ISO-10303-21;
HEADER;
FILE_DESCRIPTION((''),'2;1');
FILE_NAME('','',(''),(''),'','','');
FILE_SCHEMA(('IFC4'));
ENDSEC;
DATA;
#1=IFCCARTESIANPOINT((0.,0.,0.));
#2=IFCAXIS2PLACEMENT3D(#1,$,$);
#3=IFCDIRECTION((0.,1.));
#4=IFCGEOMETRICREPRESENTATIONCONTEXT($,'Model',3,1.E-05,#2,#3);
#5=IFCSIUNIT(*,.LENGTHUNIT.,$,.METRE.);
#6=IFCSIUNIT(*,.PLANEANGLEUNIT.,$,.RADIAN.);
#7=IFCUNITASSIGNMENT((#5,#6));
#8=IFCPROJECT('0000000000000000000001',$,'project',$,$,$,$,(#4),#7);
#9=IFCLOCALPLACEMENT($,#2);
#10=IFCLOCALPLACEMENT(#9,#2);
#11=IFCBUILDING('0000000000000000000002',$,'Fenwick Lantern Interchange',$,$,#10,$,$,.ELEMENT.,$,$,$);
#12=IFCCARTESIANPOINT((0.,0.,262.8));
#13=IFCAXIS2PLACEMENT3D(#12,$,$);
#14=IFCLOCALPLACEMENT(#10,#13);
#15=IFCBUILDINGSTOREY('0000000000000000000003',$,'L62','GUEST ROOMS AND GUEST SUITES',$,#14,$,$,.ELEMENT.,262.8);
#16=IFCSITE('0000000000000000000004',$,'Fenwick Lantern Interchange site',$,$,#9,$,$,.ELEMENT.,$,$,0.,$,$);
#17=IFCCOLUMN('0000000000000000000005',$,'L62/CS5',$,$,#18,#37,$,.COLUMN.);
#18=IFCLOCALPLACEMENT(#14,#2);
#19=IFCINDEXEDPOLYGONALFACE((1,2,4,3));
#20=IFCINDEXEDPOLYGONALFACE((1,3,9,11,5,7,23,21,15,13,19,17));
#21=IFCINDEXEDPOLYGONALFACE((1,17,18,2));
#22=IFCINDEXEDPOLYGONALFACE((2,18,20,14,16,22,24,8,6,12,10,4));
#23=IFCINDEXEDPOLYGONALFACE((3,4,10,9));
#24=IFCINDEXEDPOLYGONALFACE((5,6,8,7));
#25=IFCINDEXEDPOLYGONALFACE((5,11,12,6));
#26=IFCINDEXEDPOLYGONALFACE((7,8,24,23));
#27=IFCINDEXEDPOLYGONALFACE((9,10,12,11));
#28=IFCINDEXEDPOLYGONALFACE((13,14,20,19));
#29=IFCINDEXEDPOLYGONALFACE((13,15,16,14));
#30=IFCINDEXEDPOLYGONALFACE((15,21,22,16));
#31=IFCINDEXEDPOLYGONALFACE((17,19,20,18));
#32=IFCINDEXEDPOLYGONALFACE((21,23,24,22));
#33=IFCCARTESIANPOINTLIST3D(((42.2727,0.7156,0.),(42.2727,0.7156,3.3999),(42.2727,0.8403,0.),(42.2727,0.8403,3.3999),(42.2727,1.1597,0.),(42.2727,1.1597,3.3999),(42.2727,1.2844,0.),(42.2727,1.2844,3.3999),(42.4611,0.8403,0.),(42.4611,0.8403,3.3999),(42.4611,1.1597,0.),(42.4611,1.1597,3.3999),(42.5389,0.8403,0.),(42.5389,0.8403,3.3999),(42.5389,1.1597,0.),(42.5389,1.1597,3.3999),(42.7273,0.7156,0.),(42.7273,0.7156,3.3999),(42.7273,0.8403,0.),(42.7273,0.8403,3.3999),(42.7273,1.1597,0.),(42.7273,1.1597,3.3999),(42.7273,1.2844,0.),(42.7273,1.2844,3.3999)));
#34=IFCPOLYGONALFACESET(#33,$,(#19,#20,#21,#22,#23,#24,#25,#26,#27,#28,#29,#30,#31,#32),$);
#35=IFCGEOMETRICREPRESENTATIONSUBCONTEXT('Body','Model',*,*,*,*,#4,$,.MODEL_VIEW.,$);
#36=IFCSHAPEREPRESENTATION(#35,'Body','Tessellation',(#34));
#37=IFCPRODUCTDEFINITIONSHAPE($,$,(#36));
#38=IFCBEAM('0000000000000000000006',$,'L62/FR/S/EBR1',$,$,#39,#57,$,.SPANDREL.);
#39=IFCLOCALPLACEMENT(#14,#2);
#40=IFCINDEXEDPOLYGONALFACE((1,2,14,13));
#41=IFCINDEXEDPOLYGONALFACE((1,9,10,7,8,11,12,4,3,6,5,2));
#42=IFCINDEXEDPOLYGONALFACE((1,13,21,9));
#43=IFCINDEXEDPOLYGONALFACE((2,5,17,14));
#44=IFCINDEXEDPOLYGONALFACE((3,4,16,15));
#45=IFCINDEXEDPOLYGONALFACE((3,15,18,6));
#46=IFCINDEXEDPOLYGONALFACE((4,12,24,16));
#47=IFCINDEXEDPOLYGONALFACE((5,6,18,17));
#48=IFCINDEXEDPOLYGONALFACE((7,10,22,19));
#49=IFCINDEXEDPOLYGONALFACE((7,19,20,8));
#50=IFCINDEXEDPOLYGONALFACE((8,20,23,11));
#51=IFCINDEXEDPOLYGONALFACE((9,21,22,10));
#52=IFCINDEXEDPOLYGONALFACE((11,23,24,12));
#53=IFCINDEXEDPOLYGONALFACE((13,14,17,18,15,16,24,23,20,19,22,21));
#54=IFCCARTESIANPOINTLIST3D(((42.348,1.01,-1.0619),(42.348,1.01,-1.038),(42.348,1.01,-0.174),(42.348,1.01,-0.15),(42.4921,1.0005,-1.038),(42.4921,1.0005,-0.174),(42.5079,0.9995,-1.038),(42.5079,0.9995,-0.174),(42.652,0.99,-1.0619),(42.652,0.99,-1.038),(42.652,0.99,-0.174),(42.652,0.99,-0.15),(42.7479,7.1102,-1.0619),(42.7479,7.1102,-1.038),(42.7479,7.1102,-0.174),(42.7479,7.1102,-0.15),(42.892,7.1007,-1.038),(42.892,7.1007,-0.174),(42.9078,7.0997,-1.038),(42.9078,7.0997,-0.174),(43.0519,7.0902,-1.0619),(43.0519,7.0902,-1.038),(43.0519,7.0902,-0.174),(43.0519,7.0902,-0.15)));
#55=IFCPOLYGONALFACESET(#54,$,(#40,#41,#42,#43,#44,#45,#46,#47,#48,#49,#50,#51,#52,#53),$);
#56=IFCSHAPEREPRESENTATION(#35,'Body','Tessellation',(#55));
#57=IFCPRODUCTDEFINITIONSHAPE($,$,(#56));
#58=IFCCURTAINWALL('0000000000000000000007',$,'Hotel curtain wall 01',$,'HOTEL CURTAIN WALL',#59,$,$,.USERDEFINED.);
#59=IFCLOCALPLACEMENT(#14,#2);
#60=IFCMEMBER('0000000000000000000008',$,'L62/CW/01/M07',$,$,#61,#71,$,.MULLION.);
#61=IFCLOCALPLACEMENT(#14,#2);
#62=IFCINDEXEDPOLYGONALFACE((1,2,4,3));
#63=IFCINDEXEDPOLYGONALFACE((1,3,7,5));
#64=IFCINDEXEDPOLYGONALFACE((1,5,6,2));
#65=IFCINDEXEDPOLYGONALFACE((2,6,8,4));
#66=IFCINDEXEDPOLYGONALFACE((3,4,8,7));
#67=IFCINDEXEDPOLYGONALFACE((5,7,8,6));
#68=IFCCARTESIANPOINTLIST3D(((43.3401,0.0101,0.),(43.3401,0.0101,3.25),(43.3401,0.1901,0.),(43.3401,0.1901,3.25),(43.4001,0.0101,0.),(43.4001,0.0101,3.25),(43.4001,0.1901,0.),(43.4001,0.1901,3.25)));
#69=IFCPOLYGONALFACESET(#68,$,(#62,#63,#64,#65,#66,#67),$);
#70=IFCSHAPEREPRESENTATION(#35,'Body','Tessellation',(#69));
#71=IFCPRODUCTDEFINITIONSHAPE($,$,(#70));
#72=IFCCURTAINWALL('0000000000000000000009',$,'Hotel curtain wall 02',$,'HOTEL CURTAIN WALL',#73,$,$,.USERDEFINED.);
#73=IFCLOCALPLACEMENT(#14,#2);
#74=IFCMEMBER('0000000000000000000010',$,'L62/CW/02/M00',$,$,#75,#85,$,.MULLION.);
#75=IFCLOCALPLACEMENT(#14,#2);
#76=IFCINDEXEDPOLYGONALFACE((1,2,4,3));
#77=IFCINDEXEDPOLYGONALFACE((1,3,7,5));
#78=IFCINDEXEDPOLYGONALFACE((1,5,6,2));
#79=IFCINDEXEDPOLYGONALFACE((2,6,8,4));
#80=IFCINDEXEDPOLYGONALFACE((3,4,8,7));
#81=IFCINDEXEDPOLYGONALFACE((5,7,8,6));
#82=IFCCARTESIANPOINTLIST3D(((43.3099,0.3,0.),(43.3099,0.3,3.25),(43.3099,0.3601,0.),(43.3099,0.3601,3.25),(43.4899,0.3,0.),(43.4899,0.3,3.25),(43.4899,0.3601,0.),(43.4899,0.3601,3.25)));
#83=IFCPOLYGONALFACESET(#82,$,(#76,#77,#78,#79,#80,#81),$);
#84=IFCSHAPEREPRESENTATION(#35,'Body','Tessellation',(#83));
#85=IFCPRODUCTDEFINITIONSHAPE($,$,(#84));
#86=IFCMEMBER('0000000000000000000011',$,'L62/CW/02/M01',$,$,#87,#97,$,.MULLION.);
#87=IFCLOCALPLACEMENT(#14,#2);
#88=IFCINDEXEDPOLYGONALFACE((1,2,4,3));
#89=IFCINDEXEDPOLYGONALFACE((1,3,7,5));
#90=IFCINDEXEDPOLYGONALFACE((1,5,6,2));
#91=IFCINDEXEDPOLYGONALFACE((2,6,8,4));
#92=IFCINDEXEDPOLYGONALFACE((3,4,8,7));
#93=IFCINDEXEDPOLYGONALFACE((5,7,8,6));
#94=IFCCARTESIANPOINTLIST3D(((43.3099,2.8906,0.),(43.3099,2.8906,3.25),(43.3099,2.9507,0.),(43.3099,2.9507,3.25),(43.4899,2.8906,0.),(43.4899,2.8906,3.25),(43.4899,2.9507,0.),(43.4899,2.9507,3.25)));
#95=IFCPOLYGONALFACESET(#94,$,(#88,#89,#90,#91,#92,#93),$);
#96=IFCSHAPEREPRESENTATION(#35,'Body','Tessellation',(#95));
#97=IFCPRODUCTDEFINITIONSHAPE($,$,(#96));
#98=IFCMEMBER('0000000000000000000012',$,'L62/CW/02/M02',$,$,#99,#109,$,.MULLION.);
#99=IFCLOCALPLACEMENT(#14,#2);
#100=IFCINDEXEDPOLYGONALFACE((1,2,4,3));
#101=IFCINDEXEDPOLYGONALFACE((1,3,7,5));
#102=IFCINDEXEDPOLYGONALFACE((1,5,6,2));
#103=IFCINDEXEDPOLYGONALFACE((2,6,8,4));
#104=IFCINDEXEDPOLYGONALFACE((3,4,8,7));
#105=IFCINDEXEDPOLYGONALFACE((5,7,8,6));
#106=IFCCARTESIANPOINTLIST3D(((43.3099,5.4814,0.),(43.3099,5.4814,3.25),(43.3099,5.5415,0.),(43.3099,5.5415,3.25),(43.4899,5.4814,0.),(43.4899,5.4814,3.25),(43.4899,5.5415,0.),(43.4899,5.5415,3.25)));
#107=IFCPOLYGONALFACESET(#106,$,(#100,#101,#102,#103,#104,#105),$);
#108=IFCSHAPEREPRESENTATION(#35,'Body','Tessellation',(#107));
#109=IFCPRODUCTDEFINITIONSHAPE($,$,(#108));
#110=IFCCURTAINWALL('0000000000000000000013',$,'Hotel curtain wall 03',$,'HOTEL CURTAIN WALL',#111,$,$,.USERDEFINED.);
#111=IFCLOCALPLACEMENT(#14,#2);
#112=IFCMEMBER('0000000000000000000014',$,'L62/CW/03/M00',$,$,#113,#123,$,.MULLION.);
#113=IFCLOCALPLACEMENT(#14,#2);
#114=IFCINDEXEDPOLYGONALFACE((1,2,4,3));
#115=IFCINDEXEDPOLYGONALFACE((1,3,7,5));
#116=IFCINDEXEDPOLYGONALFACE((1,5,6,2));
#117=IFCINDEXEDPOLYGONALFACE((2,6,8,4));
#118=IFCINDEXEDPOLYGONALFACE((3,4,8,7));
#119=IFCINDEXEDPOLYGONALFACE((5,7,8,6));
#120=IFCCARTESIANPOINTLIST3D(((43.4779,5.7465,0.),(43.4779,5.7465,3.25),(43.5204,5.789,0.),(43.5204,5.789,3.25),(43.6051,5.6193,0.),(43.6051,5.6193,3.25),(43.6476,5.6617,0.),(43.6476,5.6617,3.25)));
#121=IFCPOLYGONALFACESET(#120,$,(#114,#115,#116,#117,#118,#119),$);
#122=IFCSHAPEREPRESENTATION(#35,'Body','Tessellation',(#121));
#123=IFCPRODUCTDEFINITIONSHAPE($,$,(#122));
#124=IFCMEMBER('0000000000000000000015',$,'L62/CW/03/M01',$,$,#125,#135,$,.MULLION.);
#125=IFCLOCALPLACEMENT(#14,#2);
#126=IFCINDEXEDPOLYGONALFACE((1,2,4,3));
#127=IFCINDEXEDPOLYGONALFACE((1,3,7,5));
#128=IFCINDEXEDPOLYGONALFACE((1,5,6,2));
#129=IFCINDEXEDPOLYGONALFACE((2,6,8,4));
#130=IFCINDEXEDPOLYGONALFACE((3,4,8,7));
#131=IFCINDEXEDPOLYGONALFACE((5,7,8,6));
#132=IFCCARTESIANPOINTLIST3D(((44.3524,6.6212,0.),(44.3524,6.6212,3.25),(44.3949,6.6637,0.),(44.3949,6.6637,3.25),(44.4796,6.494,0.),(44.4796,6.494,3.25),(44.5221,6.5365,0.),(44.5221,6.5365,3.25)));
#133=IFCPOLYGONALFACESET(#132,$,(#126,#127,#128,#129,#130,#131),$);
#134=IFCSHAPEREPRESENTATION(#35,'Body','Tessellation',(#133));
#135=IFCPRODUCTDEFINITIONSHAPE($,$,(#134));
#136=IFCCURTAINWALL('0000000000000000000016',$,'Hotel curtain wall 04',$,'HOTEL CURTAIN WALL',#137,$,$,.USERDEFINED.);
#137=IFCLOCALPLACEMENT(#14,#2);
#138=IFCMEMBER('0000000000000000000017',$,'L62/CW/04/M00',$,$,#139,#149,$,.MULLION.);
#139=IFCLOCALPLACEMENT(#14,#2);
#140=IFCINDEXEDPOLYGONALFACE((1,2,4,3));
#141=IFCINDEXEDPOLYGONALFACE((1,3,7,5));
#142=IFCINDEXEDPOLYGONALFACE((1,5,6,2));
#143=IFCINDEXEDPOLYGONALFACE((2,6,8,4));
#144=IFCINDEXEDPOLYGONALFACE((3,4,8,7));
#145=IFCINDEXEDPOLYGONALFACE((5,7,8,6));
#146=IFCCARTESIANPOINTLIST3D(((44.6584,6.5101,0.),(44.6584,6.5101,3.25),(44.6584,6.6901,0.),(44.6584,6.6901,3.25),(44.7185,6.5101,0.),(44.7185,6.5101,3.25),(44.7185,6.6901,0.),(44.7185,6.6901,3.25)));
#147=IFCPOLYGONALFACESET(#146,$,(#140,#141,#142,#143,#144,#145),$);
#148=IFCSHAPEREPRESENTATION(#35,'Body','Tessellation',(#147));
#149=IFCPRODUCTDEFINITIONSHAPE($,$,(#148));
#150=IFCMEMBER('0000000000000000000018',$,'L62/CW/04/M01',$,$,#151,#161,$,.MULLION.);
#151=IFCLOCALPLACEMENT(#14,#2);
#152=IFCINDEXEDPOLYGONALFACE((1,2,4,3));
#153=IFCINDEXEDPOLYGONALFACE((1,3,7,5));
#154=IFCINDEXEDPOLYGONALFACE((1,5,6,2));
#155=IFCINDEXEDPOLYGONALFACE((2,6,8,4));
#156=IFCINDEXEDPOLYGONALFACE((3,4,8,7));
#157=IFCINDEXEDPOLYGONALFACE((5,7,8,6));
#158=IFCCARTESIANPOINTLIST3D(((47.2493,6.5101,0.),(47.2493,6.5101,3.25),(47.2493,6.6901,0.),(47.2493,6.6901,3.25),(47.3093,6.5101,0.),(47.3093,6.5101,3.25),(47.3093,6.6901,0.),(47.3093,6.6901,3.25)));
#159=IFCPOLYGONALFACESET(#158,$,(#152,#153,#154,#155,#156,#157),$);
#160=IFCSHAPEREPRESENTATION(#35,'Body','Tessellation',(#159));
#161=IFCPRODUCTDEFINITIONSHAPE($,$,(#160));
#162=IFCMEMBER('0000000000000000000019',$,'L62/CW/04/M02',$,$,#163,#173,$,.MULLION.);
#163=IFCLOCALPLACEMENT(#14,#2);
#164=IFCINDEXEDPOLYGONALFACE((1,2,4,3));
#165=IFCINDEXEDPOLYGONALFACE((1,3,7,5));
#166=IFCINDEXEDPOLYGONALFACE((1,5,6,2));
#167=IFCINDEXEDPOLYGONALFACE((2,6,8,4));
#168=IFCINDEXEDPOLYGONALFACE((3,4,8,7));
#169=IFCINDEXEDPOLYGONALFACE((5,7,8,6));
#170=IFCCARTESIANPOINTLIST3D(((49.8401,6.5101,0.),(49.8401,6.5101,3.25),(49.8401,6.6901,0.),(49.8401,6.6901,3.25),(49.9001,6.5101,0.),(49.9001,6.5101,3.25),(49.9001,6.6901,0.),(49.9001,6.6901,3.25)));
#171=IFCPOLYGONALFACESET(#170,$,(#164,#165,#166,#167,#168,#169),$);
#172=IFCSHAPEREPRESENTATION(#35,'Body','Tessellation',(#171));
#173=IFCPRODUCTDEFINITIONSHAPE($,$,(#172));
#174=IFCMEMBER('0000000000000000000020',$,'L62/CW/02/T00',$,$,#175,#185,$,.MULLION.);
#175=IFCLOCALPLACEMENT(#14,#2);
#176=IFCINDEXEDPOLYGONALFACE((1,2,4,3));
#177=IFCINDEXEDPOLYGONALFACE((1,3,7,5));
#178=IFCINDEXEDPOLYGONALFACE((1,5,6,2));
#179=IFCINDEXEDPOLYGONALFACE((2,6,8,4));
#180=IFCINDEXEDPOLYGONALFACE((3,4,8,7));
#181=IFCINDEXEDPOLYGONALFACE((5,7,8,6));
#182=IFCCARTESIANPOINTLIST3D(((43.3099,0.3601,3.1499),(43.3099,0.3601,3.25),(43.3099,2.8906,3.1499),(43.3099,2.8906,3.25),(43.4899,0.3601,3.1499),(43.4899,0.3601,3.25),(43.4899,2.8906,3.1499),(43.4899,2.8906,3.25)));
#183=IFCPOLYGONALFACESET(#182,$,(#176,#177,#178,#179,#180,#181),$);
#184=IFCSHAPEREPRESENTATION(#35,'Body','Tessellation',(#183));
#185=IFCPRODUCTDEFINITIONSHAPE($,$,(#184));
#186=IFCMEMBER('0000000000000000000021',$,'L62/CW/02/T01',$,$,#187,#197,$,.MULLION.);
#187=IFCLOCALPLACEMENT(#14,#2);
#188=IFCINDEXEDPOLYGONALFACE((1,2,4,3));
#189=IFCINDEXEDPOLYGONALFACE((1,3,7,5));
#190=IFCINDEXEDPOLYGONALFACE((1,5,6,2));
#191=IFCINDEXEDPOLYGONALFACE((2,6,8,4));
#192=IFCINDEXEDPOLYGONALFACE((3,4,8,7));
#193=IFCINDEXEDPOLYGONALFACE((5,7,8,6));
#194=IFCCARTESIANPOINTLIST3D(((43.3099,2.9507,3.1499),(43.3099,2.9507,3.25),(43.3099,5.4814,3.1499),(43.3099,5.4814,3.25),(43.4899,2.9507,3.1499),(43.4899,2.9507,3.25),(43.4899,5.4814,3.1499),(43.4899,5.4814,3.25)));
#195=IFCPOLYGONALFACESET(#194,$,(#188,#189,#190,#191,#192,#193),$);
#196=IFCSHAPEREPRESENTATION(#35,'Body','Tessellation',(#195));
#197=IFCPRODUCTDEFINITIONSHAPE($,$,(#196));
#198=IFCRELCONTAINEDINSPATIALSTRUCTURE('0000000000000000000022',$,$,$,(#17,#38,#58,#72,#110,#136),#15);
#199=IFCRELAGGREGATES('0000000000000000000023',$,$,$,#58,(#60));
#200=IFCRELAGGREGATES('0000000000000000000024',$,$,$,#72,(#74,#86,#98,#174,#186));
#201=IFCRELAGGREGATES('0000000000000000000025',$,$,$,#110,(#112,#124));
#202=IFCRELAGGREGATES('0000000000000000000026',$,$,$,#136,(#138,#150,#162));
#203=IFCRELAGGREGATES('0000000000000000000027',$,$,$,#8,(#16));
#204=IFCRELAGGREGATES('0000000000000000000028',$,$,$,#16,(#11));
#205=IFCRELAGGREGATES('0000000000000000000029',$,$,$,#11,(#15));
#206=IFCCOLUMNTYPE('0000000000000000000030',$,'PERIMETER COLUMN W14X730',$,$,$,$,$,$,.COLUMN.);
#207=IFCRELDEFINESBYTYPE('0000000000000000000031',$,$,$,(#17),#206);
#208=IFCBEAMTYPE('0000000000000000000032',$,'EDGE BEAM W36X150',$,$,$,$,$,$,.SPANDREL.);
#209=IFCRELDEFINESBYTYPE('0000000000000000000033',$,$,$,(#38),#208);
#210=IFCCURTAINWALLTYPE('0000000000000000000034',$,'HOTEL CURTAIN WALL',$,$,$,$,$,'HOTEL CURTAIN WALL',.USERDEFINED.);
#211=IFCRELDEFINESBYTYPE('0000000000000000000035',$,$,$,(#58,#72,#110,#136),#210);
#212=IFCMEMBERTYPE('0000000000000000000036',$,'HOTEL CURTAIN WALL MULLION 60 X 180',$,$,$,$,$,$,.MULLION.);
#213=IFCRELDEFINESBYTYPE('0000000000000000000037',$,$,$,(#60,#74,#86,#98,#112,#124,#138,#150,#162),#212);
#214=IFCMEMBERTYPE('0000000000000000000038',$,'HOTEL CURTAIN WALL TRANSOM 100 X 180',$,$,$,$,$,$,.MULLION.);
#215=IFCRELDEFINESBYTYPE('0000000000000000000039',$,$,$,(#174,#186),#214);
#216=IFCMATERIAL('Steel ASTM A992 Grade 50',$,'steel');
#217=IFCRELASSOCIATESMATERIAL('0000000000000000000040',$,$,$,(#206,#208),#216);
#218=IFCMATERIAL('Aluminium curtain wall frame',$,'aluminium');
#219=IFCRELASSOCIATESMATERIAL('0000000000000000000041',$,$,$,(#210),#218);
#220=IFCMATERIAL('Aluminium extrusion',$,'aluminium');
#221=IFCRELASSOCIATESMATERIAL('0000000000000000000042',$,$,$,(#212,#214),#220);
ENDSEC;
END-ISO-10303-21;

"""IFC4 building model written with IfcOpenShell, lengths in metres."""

from ifc_helpers import new_model, si_unit, direction, frame, origin, origin_2d, place, context, subcontext, project, spatial, rectangle, i_section, extrude, material, material_profile, profile_set, type_object, element, aggregate, save


model = new_model("IFC4")

# Units and contexts
model_context = context("Model", 3, precision=1e-05, world=origin(), true_north=direction((0.0, 1.0)))
body_context = subcontext(model_context, "Body", "Model", "MODEL_VIEW")
ifc_project = project(units=[si_unit("LENGTHUNIT", "METRE"), si_unit("PLANEANGLEUNIT", "RADIAN")], contexts=[model_context])

# Site, building, storey
site_placement = place(None, origin())
site = spatial("IfcSite", under=ifc_project, at=site_placement, Name="Fenwick Lantern Interchange site", CompositionType="ELEMENT", RefElevation=0.0)
building_placement = place(site_placement, origin())
building = spatial("IfcBuilding", under=site, at=building_placement, Name="Fenwick Lantern Interchange", CompositionType="ELEMENT")
storey_placement = place(building_placement, frame((0.0, 0.0, 262.8)))
storey = spatial("IfcBuildingStorey", under=building, at=storey_placement, Name="L62", Description="GUEST ROOMS AND GUEST SUITES", CompositionType="ELEMENT", Elevation=262.8)

# Column
ifc_material_1 = material(Name="Steel ASTM A992 Grade 50", Category="steel")
ifc_material_profile_1 = material_profile(ifc_material_1, i_section(OverallWidth=0.4546, OverallDepth=0.5688, WebThickness=0.0779, FlangeThickness=0.1248, at=origin_2d()), Name="W14X730")
ifc_profile_set_1 = profile_set([ifc_material_profile_1], Name="Steel ASTM A992 Grade 50")
column_type = type_object("IfcColumnType", Name="PERIMETER COLUMN W14X730", PredefinedType="COLUMN", material=ifc_profile_set_1)
column_placement = place(storey_placement, frame((42.5, 1.0, 0.0), z_axis=(0.0, 0.0, 1.0), x_axis=(1.0, 0.0, 0.0)))
element("IfcColumn", 1, at=column_placement, inside=storey, type_object=column_type, Name="L62/CS5", PredefinedType="COLUMN", context=body_context, shape_type="SweptSolid", body=[
    extrude(i_section(OverallWidth=0.4546, OverallDepth=0.5688, WebThickness=0.0779, FlangeThickness=0.1248, at=origin_2d()), origin(), (0.0, 0.0, 1.0), 3.3999),
])

# Beam
ifc_material_profile_2 = material_profile(ifc_material_1, i_section(OverallWidth=0.3047, OverallDepth=0.9119, WebThickness=0.0159, FlangeThickness=0.0239, at=origin_2d()), Name="W36X150")
ifc_profile_set_2 = profile_set([ifc_material_profile_2], Name="Steel ASTM A992 Grade 50")
beam_type = type_object("IfcBeamType", Name="EDGE BEAM W36X150", PredefinedType="SPANDREL", material=ifc_profile_set_2)
beam_placement = place(storey_placement, frame((42.5, 1.0, -0.606), z_axis=(0.065416, 0.997858, 0.0), x_axis=(-0.997858, 0.065416, 0.0)))
element("IfcBeam", 2, at=beam_placement, inside=storey, type_object=beam_type, Name="L62/FR/S/EBR1", PredefinedType="SPANDREL", context=body_context, shape_type="SweptSolid", body=[
    extrude(i_section(OverallWidth=0.3047, OverallDepth=0.9119, WebThickness=0.0159, FlangeThickness=0.0239, at=origin_2d()), origin(), (0.0, 0.0, 1.0), 6.1133),
])

# Curtain wall, member
ifc_material_2 = material(Name="Aluminium curtain wall frame", Category="aluminium")
curtain_wall_type = type_object("IfcCurtainWallType", Name="HOTEL CURTAIN WALL", ElementType="HOTEL CURTAIN WALL", PredefinedType="USERDEFINED", material=ifc_material_2)
curtain_wall_1_placement = place(storey_placement, origin())
curtain_wall_1 = element("IfcCurtainWall", 3, at=curtain_wall_1_placement, inside=storey, type_object=curtain_wall_type, Name="Hotel curtain wall 01", ObjectType="HOTEL CURTAIN WALL", PredefinedType="USERDEFINED")
ifc_material_3 = material(Name="Aluminium extrusion", Category="aluminium")
ifc_material_profile_3 = material_profile(ifc_material_3, rectangle(XDim=0.1799, YDim=0.0601, at=origin_2d()), Name="HOTEL CURTAIN WALL MULLION 60 X 180")
ifc_profile_set_3 = profile_set([ifc_material_profile_3], Name="Aluminium extrusion")
member_type_1 = type_object("IfcMemberType", Name="HOTEL CURTAIN WALL MULLION 60 X 180", PredefinedType="MULLION", material=ifc_profile_set_3)
member_1_placement = place(storey_placement, frame((43.3701, 0.1001, 0.0), z_axis=(0.0, 0.0, 1.0), x_axis=(0.0, 1.0, 0.0)))
member_1 = element("IfcMember", 4, at=member_1_placement, type_object=member_type_1, Name="L62/CW/01/M07", PredefinedType="MULLION", context=body_context, shape_type="SweptSolid", body=[
    extrude(rectangle(XDim=0.1799, YDim=0.0601, at=origin_2d()), origin(), (0.0, 0.0, 1.0), 3.25),
])
aggregate(curtain_wall_1, [member_1])

# Curtain walls, members
curtain_wall_2_placement = place(storey_placement, origin())
curtain_wall_2 = element("IfcCurtainWall", 5, at=curtain_wall_2_placement, inside=storey, type_object=curtain_wall_type, Name="Hotel curtain wall 02", ObjectType="HOTEL CURTAIN WALL", PredefinedType="USERDEFINED")
member_2_placement = place(storey_placement, frame((43.3999, 0.3301, 0.0), z_axis=(0.0, 0.0, 1.0), x_axis=(-1.0, 0.0, 0.0)))
member_2 = element("IfcMember", 6, at=member_2_placement, type_object=member_type_1, Name="L62/CW/02/M00", PredefinedType="MULLION", context=body_context, shape_type="SweptSolid", body=[
    extrude(rectangle(XDim=0.1799, YDim=0.0601, at=origin_2d()), origin(), (0.0, 0.0, 1.0), 3.25),
])
member_3_placement = place(storey_placement, frame((43.3999, 2.9207, 0.0), z_axis=(0.0, 0.0, 1.0), x_axis=(-1.0, 0.0, 0.0)))
member_3 = element("IfcMember", 7, at=member_3_placement, type_object=member_type_1, Name="L62/CW/02/M01", PredefinedType="MULLION", context=body_context, shape_type="SweptSolid", body=[
    extrude(rectangle(XDim=0.1799, YDim=0.0601, at=origin_2d()), origin(), (0.0, 0.0, 1.0), 3.25),
])
member_4_placement = place(storey_placement, frame((43.3999, 5.5115, 0.0), z_axis=(0.0, 0.0, 1.0), x_axis=(-1.0, 0.0, 0.0)))
member_4 = element("IfcMember", 8, at=member_4_placement, type_object=member_type_1, Name="L62/CW/02/M02", PredefinedType="MULLION", context=body_context, shape_type="SweptSolid", body=[
    extrude(rectangle(XDim=0.1799, YDim=0.0601, at=origin_2d()), origin(), (0.0, 0.0, 1.0), 3.25),
])
curtain_wall_3_placement = place(storey_placement, origin())
curtain_wall_3 = element("IfcCurtainWall", 9, at=curtain_wall_3_placement, inside=storey, type_object=curtain_wall_type, Name="Hotel curtain wall 03", ObjectType="HOTEL CURTAIN WALL", PredefinedType="USERDEFINED")
member_5_placement = place(storey_placement, frame((43.5627, 5.7041, 0.0), z_axis=(0.0, 0.0, 1.0), x_axis=(-0.707107, 0.707107, 0.0)))
member_5 = element("IfcMember", 10, at=member_5_placement, type_object=member_type_1, Name="L62/CW/03/M00", PredefinedType="MULLION", context=body_context, shape_type="SweptSolid", body=[
    extrude(rectangle(XDim=0.1799, YDim=0.0601, at=origin_2d()), origin(), (0.0, 0.0, 1.0), 3.25),
])
member_6_placement = place(storey_placement, frame((44.4373, 6.5789, 0.0), z_axis=(0.0, 0.0, 1.0), x_axis=(-0.707107, 0.707107, 0.0)))
member_6 = element("IfcMember", 11, at=member_6_placement, type_object=member_type_1, Name="L62/CW/03/M01", PredefinedType="MULLION", context=body_context, shape_type="SweptSolid", body=[
    extrude(rectangle(XDim=0.1799, YDim=0.0601, at=origin_2d()), origin(), (0.0, 0.0, 1.0), 3.25),
])
curtain_wall_4_placement = place(storey_placement, origin())
curtain_wall_4 = element("IfcCurtainWall", 12, at=curtain_wall_4_placement, inside=storey, type_object=curtain_wall_type, Name="Hotel curtain wall 04", ObjectType="HOTEL CURTAIN WALL", PredefinedType="USERDEFINED")
member_7_placement = place(storey_placement, frame((44.6885, 6.6001, 0.0), z_axis=(0.0, 0.0, 1.0), x_axis=(0.0, 1.0, 0.0)))
member_7 = element("IfcMember", 13, at=member_7_placement, type_object=member_type_1, Name="L62/CW/04/M00", PredefinedType="MULLION", context=body_context, shape_type="SweptSolid", body=[
    extrude(rectangle(XDim=0.1799, YDim=0.0601, at=origin_2d()), origin(), (0.0, 0.0, 1.0), 3.25),
])
member_8_placement = place(storey_placement, frame((47.2793, 6.6001, 0.0), z_axis=(0.0, 0.0, 1.0), x_axis=(0.0, 1.0, 0.0)))
member_8 = element("IfcMember", 14, at=member_8_placement, type_object=member_type_1, Name="L62/CW/04/M01", PredefinedType="MULLION", context=body_context, shape_type="SweptSolid", body=[
    extrude(rectangle(XDim=0.1799, YDim=0.0601, at=origin_2d()), origin(), (0.0, 0.0, 1.0), 3.25),
])
member_9_placement = place(storey_placement, frame((49.8701, 6.6001, 0.0), z_axis=(0.0, 0.0, 1.0), x_axis=(0.0, 1.0, 0.0)))
member_9 = element("IfcMember", 15, at=member_9_placement, type_object=member_type_1, Name="L62/CW/04/M02", PredefinedType="MULLION", context=body_context, shape_type="SweptSolid", body=[
    extrude(rectangle(XDim=0.1799, YDim=0.0601, at=origin_2d()), origin(), (0.0, 0.0, 1.0), 3.25),
])

# Members
ifc_material_profile_4 = material_profile(ifc_material_3, rectangle(XDim=0.1799, YDim=0.1001, at=origin_2d()), Name="HOTEL CURTAIN WALL TRANSOM 100 X 180")
ifc_profile_set_4 = profile_set([ifc_material_profile_4], Name="Aluminium extrusion")
member_type_2 = type_object("IfcMemberType", Name="HOTEL CURTAIN WALL TRANSOM 100 X 180", PredefinedType="MULLION", material=ifc_profile_set_4)
member_10_placement = place(storey_placement, frame((43.3999, 0.3601, 3.2), z_axis=(0.0, 1.0, 0.0), x_axis=(-1.0, 0.0, 0.0)))
member_10 = element("IfcMember", 16, at=member_10_placement, type_object=member_type_2, Name="L62/CW/02/T00", PredefinedType="MULLION", context=body_context, shape_type="SweptSolid", body=[
    extrude(rectangle(XDim=0.1799, YDim=0.1001, at=origin_2d()), origin(), (0.0, 0.0, 1.0), 2.5305),
])
member_11_placement = place(storey_placement, frame((43.3999, 2.9507, 3.2), z_axis=(0.0, 1.0, 0.0), x_axis=(-1.0, 0.0, 0.0)))
member_11 = element("IfcMember", 17, at=member_11_placement, type_object=member_type_2, Name="L62/CW/02/T01", PredefinedType="MULLION", context=body_context, shape_type="SweptSolid", body=[
    extrude(rectangle(XDim=0.1799, YDim=0.1001, at=origin_2d()), origin(), (0.0, 0.0, 1.0), 2.5308),
])

aggregate(curtain_wall_2, [member_2, member_3, member_4, member_10, member_11])
aggregate(curtain_wall_3, [member_5, member_6])
aggregate(curtain_wall_4, [member_7, member_8, member_9])

save(model, "model.ifc")
